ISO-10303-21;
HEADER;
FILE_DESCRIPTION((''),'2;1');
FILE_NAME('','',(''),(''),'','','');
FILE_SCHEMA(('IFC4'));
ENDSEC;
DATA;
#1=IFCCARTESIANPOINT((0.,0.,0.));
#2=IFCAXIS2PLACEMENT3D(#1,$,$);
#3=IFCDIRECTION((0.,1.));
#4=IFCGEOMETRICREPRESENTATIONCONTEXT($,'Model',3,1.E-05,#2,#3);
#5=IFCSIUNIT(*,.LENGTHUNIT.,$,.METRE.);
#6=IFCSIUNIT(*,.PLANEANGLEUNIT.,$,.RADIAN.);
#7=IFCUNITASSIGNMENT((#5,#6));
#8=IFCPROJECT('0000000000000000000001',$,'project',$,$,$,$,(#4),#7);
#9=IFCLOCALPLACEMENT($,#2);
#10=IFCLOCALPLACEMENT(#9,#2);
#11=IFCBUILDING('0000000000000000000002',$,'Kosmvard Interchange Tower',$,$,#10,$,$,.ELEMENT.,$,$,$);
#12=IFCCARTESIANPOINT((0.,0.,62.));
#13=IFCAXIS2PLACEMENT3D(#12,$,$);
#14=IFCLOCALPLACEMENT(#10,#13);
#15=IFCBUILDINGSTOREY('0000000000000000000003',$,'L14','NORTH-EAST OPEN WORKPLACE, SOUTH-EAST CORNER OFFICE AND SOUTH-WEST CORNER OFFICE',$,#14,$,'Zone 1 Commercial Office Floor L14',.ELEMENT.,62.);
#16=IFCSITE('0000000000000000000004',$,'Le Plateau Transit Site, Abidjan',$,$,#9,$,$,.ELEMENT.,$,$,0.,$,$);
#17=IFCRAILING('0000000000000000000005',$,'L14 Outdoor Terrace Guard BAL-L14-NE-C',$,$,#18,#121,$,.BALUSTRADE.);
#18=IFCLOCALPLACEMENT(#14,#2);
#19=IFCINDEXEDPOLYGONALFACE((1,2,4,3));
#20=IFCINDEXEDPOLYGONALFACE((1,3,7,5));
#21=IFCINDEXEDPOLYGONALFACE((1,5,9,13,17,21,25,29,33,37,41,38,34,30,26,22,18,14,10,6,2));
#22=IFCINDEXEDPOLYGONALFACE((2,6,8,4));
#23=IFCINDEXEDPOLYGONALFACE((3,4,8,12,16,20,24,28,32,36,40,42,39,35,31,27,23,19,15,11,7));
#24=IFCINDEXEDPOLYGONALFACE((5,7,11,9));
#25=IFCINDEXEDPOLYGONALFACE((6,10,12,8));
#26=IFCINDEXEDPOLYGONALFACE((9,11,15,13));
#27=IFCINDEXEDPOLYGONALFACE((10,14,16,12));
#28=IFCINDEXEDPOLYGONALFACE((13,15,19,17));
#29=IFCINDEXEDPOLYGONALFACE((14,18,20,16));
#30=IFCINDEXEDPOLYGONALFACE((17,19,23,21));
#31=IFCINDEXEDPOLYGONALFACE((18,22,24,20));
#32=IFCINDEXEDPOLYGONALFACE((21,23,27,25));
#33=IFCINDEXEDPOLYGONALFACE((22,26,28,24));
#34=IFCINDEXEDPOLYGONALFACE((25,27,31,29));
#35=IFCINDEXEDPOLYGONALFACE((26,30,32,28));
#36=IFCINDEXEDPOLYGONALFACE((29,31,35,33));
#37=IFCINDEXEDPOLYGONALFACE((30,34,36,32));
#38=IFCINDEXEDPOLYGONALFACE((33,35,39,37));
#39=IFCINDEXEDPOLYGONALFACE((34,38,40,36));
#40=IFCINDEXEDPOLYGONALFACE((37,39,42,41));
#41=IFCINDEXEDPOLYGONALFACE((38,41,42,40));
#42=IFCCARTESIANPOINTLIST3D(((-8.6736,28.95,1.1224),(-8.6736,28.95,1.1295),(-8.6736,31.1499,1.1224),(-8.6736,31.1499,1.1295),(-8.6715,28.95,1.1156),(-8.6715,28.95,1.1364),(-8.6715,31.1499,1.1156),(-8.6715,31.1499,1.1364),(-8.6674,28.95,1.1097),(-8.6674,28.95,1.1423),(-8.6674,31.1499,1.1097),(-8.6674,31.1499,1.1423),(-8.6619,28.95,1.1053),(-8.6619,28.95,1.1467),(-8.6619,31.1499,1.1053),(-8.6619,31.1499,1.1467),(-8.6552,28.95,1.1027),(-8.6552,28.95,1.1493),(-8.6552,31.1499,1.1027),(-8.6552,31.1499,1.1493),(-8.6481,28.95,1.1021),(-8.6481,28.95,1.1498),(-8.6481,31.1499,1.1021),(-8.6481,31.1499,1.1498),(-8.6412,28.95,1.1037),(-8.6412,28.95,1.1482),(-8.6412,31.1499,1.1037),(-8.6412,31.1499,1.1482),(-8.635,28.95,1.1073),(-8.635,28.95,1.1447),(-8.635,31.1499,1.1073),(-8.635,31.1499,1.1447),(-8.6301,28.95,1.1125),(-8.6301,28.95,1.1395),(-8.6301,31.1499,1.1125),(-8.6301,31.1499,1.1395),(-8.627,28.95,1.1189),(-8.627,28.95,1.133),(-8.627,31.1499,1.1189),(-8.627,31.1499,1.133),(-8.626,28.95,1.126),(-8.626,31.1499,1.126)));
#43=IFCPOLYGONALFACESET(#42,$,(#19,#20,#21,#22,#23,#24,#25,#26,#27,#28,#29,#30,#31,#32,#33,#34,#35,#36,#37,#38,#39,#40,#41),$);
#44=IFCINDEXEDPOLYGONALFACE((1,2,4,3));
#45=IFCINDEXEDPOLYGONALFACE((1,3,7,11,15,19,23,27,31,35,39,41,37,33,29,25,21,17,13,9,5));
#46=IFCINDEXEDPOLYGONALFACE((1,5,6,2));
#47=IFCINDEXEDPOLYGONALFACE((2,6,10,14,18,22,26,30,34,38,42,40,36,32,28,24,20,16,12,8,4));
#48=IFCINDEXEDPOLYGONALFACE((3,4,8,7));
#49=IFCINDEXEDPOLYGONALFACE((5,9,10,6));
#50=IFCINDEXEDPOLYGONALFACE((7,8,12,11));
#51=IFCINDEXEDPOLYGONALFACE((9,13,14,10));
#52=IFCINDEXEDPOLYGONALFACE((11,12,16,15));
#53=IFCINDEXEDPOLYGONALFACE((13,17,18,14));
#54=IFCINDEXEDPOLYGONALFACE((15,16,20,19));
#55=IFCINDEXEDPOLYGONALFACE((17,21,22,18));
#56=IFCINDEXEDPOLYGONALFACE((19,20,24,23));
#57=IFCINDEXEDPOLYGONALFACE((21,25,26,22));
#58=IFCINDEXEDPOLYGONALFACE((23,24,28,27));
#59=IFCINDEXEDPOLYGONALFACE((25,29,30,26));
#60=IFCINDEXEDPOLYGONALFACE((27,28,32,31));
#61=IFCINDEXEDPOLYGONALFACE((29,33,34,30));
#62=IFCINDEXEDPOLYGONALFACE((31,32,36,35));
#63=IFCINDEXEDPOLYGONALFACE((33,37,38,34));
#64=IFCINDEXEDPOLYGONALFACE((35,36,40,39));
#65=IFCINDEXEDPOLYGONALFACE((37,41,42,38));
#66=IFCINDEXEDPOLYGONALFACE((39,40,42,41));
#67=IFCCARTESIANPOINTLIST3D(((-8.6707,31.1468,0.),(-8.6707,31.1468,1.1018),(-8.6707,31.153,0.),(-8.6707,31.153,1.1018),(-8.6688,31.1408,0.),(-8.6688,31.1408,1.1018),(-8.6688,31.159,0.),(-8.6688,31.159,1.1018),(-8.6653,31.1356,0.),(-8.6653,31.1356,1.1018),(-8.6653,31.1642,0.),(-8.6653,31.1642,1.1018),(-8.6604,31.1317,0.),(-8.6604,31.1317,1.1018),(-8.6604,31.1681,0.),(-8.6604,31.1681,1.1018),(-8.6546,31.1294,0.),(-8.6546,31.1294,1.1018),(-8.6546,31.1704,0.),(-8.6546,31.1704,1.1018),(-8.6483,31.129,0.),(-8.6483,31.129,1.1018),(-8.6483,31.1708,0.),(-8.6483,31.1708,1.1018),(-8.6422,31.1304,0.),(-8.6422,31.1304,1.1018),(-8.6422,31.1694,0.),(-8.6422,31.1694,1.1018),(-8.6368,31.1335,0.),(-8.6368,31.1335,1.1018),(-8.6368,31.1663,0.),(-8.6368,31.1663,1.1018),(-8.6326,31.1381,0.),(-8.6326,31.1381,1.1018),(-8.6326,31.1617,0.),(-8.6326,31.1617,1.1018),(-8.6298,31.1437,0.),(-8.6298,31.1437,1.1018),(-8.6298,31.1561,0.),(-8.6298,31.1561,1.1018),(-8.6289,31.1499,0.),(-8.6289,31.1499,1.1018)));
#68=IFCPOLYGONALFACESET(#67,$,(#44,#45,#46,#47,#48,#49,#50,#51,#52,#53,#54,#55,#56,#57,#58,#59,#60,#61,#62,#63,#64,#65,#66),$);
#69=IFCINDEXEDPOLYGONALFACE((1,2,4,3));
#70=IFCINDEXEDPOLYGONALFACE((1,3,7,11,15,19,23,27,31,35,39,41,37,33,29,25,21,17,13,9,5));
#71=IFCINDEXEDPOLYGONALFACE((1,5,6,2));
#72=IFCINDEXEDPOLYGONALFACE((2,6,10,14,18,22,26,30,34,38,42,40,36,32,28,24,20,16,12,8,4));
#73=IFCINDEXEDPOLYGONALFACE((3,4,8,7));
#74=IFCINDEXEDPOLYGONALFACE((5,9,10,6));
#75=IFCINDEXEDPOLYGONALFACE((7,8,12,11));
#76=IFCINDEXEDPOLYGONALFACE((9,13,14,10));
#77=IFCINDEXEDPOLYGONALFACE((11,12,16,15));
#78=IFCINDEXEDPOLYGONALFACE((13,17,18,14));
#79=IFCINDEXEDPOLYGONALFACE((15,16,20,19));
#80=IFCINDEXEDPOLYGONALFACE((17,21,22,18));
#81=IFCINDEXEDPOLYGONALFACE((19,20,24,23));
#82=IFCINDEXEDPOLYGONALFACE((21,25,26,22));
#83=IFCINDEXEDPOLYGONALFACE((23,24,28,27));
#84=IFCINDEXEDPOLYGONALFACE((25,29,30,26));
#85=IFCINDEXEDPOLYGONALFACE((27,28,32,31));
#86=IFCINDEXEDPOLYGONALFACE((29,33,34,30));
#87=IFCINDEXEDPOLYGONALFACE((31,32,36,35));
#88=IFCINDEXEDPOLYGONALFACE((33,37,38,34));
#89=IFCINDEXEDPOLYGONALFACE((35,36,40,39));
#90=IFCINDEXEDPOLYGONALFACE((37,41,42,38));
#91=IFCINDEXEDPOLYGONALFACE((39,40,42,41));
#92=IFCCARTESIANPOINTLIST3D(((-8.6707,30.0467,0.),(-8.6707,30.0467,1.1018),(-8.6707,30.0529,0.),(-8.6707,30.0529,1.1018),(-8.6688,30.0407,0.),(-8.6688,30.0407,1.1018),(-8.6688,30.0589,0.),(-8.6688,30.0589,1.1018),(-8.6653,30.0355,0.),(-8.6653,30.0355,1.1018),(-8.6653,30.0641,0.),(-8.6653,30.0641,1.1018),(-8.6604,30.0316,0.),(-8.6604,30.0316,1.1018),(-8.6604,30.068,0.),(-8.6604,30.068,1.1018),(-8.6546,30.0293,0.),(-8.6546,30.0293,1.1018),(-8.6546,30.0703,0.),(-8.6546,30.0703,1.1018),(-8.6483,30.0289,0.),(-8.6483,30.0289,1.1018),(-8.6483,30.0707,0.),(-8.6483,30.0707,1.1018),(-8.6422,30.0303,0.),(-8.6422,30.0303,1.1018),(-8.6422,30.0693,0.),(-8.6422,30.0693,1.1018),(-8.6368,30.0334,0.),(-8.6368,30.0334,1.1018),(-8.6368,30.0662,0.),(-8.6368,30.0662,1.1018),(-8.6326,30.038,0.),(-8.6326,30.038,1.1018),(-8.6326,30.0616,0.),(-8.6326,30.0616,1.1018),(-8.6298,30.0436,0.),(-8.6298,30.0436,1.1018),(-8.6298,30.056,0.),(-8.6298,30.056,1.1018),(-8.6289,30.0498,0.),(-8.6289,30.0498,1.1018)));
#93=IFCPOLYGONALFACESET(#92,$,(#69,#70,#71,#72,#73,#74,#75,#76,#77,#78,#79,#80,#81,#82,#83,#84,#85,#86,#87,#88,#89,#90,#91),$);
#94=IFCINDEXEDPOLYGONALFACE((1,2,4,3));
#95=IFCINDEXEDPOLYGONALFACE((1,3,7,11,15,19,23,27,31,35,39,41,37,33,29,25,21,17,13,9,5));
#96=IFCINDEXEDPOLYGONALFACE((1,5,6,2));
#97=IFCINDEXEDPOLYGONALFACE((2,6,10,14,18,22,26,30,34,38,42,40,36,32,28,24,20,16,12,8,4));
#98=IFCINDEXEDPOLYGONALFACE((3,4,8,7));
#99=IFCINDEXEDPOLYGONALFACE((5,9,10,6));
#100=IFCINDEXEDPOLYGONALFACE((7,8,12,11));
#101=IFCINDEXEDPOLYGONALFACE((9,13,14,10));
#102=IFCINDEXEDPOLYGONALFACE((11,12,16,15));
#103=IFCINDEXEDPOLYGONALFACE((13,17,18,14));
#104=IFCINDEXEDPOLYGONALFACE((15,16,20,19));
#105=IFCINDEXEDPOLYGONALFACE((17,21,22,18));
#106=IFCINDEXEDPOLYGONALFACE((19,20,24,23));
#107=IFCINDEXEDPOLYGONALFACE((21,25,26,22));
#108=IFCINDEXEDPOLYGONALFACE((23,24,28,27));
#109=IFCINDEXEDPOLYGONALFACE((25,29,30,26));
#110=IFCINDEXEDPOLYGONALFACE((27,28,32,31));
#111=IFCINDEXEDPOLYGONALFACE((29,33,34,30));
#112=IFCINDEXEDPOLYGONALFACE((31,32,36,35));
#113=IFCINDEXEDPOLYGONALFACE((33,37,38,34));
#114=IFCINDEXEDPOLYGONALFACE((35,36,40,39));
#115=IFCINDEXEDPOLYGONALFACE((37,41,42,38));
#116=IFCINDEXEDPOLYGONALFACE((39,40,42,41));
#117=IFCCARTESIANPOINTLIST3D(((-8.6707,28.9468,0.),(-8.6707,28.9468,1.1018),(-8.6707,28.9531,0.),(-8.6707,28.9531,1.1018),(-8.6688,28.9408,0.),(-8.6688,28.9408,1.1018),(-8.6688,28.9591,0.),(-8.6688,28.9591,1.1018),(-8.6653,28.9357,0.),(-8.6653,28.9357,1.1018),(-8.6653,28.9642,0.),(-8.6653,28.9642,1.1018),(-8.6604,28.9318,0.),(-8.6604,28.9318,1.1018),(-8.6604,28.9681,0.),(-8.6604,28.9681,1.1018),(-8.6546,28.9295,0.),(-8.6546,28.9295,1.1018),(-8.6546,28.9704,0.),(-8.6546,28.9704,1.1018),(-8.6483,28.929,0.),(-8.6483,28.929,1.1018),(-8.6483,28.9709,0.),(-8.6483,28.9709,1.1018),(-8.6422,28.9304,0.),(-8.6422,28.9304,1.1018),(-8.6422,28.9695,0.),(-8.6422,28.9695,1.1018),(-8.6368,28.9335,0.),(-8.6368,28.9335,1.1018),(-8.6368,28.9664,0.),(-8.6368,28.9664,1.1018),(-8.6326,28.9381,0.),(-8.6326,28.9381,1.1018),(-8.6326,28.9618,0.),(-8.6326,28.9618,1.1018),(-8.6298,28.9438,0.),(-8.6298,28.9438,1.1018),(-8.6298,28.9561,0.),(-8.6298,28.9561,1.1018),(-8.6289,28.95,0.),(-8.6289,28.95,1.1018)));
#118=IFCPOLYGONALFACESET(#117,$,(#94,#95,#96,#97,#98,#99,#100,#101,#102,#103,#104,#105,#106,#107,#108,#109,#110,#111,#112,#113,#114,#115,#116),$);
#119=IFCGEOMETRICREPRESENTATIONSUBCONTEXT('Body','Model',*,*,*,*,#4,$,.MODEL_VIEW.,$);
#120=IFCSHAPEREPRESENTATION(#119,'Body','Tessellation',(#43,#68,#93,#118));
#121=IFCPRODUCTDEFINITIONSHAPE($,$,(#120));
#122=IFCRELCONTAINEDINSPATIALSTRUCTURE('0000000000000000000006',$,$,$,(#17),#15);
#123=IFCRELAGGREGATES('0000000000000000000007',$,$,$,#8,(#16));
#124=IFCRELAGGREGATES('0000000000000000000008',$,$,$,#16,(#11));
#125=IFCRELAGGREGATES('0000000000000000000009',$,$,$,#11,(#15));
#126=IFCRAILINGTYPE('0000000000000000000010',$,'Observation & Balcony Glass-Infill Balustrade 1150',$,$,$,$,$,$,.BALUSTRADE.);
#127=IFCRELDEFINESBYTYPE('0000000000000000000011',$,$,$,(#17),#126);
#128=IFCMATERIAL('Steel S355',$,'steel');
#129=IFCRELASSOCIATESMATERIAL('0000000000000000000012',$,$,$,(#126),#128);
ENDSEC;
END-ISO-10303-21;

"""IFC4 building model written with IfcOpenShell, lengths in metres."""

from ifc_helpers import new_model, si_unit, direction, frame, origin, origin_2d, place, context, subcontext, project, spatial, circle, extrude, source, transform, mapped, material, type_object, element, save


model = new_model("IFC4")

# Units and contexts
model_context = context("Model", 3, precision=1e-05, world=origin(), true_north=direction((0.0, 1.0)))
body_context = subcontext(model_context, "Body", "Model", "MODEL_VIEW")
ifc_project = project(units=[si_unit("LENGTHUNIT", "METRE"), si_unit("PLANEANGLEUNIT", "RADIAN")], contexts=[model_context])

# Site, building, storey
site_placement = place(None, origin())
site = spatial("IfcSite", under=ifc_project, at=site_placement, Name="Le Plateau Transit Site, Abidjan", CompositionType="ELEMENT", RefElevation=0.0)
building_placement = place(site_placement, origin())
building = spatial("IfcBuilding", under=site, at=building_placement, Name="Kosmvard Interchange Tower", CompositionType="ELEMENT")
storey_placement = place(building_placement, frame((0.0, 0.0, 62.0)))
storey = spatial("IfcBuildingStorey", under=building, at=storey_placement, Name="L14", Description="NORTH-EAST OPEN WORKPLACE, SOUTH-EAST CORNER OFFICE AND SOUTH-WEST CORNER OFFICE", LongName="Zone 1 Commercial Office Floor L14", CompositionType="ELEMENT", Elevation=62.0)

# Shared definitions
ifc_material_1 = material(Name="Steel S355", Category="steel")

# Railing
railing_type = type_object("IfcRailingType", Name="Observation & Balcony Glass-Infill Balustrade 1150", PredefinedType="BALUSTRADE", material=ifc_material_1)
shared_shape_1 = source(origin(), body_context, "Body", "SweptSolid", [
    extrude(circle(Radius=0.0239, at=origin_2d()), frame((0.0, 0.0, 1.126), z_axis=(0.0, -1.0, 0.0), x_axis=(1.0, 0.0, 0.0)), (0.0, 0.0, 1.0), 2.2),
    extrude(circle(Radius=0.021, at=origin_2d()), origin(), (0.0, 0.0, 1.0), 1.1018),
    extrude(circle(Radius=0.021, at=origin_2d()), frame((0.0, -1.1001, 0.0)), (0.0, 0.0, 1.0), 1.1018),
    extrude(circle(Radius=0.021, at=origin_2d()), frame((0.0, -2.2, 0.0)), (0.0, 0.0, 1.0), 1.1018),
])
railing_1_placement = place(storey_placement, frame((-8.6499, 31.1499, 0.0)))
element("IfcRailing", 1, at=railing_1_placement, inside=storey, type_object=railing_type, Name="L14 Outdoor Terrace Guard BAL-L14-NE-C", PredefinedType="BALUSTRADE", context=body_context, shape_type="MappedRepresentation", body=[
    mapped(shared_shape_1, transform((0.0, 0.0, 0.0), scale=1.0)),
])

save(model, "model.ifc")
